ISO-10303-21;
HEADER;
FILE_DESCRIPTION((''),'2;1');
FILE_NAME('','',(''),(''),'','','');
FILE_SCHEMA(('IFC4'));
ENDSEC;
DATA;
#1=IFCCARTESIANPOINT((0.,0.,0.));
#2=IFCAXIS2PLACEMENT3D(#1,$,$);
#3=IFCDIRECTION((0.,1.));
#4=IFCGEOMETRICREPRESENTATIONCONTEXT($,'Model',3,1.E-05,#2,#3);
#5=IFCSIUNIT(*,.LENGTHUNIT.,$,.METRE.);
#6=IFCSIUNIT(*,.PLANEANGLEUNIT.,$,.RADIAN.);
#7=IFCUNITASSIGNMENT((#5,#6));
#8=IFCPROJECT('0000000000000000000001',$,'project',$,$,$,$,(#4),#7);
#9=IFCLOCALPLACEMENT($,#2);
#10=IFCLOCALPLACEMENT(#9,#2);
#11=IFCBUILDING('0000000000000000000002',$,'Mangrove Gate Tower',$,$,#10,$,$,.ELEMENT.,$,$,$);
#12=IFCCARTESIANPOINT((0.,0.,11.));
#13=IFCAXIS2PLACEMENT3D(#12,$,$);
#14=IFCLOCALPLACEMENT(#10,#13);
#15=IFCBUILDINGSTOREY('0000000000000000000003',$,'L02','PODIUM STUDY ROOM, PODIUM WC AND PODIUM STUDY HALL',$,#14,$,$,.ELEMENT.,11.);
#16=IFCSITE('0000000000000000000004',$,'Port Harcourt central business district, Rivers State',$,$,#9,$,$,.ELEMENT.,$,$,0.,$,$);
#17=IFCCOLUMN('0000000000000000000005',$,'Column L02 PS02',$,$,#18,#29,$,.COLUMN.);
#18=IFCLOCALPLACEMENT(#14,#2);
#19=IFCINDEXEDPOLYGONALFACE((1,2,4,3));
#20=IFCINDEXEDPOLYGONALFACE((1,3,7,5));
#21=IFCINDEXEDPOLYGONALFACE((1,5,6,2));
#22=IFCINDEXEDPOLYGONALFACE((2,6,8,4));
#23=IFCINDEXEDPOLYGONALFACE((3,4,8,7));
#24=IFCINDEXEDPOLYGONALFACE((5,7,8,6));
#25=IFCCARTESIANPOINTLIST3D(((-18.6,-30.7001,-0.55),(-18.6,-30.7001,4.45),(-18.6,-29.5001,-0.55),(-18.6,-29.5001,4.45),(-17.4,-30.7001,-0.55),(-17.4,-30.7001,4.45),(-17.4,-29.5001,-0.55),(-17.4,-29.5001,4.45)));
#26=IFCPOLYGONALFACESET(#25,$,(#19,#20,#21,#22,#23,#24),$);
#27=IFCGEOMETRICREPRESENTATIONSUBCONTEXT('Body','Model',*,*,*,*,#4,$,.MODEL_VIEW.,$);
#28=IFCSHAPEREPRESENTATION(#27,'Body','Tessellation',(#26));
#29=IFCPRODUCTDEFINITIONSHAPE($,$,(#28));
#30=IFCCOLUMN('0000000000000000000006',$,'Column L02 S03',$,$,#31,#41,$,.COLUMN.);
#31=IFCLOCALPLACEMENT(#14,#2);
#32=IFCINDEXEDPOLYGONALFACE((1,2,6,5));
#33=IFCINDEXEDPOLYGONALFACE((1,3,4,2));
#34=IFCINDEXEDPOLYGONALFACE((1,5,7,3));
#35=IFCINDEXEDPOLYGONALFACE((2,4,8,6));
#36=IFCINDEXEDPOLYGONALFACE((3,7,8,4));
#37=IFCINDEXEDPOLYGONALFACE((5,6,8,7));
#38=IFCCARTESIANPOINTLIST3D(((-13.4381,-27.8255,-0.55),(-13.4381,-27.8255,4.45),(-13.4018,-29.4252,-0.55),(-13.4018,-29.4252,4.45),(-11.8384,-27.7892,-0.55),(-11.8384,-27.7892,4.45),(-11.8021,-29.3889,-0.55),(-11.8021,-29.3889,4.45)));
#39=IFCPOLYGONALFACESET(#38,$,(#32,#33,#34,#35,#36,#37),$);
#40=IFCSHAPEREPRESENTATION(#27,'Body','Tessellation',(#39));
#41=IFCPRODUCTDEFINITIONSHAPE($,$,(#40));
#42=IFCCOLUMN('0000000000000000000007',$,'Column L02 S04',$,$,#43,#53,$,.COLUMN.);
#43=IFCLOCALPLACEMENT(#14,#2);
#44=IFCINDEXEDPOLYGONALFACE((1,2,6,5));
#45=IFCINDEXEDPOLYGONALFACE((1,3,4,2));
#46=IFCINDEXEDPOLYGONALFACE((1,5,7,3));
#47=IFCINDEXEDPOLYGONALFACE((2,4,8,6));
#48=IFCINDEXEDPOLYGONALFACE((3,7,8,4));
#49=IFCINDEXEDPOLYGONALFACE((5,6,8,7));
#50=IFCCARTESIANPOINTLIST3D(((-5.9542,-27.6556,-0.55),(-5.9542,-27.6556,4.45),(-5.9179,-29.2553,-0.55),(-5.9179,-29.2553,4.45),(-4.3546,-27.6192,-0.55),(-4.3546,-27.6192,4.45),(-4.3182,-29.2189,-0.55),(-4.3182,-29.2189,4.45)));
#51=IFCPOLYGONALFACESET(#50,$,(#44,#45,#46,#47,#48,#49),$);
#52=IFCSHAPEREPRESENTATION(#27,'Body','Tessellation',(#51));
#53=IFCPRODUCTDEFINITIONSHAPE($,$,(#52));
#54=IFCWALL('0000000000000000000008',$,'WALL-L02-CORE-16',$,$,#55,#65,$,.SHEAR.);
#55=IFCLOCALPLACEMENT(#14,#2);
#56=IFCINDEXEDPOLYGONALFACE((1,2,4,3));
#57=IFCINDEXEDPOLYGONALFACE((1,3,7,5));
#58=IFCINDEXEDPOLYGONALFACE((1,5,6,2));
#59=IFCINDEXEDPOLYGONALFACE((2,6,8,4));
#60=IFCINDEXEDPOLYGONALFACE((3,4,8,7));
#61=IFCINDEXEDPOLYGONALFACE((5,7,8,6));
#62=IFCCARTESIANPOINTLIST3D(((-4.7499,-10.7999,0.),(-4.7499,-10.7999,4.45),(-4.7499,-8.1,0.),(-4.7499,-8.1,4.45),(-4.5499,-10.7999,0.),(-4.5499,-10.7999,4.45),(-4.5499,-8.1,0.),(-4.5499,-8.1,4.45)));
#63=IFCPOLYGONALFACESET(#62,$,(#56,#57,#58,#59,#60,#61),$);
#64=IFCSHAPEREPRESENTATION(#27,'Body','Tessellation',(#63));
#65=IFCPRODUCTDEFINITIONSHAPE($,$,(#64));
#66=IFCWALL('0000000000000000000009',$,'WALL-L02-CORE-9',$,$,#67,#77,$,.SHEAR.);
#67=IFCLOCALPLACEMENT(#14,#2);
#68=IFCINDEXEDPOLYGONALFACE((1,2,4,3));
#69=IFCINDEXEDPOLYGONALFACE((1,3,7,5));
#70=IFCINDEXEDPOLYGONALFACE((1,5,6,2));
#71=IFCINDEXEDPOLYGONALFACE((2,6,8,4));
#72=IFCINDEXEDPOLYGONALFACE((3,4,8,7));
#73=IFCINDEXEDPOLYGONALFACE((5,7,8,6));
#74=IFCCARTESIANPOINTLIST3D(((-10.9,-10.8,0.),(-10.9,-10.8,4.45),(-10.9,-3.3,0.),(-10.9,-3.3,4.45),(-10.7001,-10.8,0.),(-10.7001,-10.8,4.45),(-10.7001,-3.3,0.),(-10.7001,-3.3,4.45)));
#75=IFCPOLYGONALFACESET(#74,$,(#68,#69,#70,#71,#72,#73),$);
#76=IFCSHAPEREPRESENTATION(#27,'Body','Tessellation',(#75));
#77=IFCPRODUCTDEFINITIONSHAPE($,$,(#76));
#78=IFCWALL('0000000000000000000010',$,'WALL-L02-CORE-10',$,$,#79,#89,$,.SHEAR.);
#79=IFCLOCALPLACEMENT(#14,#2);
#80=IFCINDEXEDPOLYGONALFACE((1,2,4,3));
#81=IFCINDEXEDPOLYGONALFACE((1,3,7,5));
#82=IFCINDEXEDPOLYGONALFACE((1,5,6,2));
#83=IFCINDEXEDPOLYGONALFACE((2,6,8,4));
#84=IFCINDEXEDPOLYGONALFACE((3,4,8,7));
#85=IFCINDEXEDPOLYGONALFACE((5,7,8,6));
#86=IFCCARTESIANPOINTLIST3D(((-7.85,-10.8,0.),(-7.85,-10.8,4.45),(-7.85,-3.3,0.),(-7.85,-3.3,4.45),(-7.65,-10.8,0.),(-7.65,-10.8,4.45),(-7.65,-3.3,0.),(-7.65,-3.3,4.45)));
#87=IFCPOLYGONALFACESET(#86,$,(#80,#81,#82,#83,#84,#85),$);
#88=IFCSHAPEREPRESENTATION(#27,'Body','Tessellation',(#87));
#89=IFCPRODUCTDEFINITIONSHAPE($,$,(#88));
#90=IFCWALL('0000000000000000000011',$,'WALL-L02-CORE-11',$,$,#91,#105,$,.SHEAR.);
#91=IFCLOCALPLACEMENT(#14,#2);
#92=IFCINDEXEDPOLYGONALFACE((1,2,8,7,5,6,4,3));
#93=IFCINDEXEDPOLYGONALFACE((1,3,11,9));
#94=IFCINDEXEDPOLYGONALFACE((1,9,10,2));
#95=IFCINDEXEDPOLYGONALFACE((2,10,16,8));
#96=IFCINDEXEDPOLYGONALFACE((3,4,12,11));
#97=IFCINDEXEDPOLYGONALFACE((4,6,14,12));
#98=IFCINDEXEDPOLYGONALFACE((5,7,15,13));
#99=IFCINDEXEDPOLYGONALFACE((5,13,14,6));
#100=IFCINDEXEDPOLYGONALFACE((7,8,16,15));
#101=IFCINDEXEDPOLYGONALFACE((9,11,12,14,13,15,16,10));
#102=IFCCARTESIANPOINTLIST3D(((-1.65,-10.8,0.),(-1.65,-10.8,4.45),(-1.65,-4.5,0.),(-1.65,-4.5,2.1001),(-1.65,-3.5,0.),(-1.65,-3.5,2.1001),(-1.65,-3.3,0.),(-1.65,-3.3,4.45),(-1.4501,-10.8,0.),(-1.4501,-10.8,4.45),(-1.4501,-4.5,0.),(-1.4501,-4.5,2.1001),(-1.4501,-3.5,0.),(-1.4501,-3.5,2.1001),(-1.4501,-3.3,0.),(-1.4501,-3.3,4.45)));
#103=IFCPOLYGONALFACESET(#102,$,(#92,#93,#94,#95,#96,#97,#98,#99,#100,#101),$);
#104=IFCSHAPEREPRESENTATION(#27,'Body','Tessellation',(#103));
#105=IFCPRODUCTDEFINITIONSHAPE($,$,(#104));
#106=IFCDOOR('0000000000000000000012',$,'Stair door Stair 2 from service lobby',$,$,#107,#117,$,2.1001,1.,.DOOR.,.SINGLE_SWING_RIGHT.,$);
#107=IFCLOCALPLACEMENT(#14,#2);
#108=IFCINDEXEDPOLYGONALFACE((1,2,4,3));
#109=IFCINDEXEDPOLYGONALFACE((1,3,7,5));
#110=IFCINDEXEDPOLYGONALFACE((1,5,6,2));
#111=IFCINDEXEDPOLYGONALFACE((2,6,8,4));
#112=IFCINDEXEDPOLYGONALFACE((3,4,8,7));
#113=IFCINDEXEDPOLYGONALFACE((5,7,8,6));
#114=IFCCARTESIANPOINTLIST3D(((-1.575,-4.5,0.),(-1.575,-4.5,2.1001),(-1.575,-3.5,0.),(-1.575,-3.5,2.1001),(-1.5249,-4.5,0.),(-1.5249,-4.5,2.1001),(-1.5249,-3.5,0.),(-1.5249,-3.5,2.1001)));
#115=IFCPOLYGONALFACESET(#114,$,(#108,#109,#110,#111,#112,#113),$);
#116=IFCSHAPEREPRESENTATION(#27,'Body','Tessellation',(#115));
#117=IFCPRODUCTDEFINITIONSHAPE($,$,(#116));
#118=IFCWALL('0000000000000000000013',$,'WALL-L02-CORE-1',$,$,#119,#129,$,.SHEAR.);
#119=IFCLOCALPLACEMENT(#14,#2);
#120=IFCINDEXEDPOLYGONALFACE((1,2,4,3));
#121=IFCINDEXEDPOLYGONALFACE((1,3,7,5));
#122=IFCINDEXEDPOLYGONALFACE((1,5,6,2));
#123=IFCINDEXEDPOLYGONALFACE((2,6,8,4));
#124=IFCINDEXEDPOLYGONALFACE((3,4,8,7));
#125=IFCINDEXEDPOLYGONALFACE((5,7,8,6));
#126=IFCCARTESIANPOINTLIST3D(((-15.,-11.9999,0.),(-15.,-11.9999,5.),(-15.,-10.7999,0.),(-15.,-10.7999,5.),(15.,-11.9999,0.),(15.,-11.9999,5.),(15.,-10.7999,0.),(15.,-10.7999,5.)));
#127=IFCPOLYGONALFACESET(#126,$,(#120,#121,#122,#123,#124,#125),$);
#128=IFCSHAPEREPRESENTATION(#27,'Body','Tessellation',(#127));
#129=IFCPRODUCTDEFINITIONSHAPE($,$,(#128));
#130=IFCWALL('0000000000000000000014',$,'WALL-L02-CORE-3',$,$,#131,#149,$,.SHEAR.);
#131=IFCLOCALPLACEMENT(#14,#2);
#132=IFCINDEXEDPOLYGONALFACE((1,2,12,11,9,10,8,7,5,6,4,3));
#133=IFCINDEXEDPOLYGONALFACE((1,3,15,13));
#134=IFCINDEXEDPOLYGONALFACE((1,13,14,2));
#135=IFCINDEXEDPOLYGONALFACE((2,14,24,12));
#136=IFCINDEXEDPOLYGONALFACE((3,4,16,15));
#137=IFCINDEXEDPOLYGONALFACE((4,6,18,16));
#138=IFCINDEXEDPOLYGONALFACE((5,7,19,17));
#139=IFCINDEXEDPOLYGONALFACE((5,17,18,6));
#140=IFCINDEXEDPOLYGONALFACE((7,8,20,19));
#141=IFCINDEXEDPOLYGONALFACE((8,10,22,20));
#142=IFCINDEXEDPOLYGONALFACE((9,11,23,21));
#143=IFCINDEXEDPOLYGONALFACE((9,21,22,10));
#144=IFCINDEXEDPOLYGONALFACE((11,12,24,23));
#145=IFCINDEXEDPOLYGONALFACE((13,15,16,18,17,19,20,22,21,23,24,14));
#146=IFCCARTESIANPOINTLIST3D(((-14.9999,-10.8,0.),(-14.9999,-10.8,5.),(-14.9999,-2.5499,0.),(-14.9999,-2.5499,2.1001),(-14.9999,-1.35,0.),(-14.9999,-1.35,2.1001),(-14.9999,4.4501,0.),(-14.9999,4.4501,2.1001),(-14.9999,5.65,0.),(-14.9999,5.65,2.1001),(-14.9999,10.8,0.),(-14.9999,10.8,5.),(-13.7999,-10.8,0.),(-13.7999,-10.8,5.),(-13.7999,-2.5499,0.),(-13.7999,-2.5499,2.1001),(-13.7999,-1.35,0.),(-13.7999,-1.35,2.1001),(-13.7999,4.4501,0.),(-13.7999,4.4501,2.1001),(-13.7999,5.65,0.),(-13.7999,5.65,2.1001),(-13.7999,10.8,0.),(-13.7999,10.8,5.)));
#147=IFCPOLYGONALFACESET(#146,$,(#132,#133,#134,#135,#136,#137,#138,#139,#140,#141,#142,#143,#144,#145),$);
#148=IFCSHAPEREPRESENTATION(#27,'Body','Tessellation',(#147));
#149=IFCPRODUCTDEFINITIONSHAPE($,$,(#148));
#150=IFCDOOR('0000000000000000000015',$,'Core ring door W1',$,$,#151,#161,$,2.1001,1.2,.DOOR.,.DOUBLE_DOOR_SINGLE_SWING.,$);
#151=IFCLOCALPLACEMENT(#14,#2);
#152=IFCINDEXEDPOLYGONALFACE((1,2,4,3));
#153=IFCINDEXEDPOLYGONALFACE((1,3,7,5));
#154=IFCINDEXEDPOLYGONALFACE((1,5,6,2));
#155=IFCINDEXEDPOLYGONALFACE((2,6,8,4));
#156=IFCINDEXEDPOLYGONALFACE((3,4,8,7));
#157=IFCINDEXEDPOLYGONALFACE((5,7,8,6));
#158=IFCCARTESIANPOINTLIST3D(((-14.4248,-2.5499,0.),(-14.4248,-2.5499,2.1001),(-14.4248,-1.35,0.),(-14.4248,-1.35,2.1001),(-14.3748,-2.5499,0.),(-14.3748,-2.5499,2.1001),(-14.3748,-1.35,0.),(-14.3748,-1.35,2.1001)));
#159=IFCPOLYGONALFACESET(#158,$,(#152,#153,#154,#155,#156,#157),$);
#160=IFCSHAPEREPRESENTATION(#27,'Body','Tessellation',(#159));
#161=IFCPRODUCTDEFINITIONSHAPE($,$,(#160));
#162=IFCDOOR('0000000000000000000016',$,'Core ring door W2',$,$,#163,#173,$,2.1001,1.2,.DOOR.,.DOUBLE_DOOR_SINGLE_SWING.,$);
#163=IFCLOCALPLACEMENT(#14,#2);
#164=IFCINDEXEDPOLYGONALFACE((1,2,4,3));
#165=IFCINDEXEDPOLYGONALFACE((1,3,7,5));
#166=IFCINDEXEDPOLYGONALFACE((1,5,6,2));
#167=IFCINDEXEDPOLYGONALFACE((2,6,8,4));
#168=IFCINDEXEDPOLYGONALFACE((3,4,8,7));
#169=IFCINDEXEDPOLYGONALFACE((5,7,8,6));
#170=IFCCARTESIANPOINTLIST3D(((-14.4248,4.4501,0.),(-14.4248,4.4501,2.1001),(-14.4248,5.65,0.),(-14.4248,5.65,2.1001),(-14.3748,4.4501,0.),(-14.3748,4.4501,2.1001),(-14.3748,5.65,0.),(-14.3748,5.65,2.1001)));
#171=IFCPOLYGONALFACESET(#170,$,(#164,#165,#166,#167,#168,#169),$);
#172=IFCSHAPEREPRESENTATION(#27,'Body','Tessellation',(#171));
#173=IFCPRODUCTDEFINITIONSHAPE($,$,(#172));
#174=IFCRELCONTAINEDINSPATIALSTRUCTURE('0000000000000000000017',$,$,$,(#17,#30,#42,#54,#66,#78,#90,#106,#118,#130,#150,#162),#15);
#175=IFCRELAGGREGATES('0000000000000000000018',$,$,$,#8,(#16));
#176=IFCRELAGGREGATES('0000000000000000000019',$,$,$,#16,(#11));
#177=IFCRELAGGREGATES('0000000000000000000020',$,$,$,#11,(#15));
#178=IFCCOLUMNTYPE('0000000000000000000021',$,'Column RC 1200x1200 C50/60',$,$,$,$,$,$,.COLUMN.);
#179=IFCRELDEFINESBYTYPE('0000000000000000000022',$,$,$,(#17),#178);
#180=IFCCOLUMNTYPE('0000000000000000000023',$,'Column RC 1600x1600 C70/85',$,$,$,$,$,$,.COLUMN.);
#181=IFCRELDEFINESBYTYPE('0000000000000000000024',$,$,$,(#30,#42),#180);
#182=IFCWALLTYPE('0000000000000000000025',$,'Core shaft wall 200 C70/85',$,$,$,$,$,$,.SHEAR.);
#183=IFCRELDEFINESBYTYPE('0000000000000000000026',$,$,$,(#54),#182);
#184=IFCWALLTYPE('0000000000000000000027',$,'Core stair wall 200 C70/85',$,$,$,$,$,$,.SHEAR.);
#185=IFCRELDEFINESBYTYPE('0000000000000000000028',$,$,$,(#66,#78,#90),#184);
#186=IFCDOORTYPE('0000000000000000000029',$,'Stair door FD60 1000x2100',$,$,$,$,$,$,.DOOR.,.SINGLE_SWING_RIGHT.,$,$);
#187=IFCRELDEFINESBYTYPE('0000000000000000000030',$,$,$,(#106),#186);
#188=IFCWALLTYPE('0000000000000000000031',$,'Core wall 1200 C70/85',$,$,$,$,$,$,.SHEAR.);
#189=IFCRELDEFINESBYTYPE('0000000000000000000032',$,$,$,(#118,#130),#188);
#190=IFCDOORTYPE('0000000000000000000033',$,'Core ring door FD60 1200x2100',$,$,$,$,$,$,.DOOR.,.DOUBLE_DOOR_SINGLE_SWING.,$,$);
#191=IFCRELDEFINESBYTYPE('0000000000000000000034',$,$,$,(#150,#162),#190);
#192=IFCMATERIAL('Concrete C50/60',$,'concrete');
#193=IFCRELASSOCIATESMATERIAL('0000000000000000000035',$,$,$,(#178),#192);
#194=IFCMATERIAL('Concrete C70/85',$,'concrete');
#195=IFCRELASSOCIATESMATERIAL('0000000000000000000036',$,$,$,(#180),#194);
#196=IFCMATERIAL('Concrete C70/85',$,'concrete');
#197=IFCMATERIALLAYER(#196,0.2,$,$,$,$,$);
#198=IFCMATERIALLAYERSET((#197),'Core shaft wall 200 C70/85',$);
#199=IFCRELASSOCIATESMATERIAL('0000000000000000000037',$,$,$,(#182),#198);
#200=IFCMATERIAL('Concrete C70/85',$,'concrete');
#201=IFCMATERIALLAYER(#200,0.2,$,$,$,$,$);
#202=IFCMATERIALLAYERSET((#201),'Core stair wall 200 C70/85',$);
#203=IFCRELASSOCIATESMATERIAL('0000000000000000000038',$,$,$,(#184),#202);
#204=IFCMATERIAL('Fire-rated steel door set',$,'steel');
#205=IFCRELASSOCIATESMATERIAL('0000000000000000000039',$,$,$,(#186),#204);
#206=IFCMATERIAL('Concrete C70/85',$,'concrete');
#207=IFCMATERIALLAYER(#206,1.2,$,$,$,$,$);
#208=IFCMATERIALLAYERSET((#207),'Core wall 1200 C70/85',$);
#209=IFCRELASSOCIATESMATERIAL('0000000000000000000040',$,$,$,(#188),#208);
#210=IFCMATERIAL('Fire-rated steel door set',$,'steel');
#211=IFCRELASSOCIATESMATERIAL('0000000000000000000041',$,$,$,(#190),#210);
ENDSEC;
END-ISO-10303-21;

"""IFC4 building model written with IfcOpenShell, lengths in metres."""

from ifc_helpers import new_model, si_unit, direction, frame, frame_2d, origin, origin_2d, place, context, subcontext, project, spatial, rectangle, extrude, material, layer, layer_set, material_profile, profile_set, type_object, element, fill, save


model = new_model("IFC4")

# Units and contexts
model_context = context("Model", 3, precision=1e-05, world=origin(), true_north=direction((0.0, 1.0)))
body_context = subcontext(model_context, "Body", "Model", "MODEL_VIEW")
ifc_project = project(units=[si_unit("LENGTHUNIT", "METRE"), si_unit("PLANEANGLEUNIT", "RADIAN")], contexts=[model_context])

# Site, building, storey
site_placement = place(None, origin())
site = spatial("IfcSite", under=ifc_project, at=site_placement, Name="Port Harcourt central business district, Rivers State", CompositionType="ELEMENT", RefElevation=0.0)
building_placement = place(site_placement, origin())
building = spatial("IfcBuilding", under=site, at=building_placement, Name="Mangrove Gate Tower", CompositionType="ELEMENT")
storey_placement = place(building_placement, frame((0.0, 0.0, 11.0)))
storey = spatial("IfcBuildingStorey", under=building, at=storey_placement, Name="L02", Description="PODIUM STUDY ROOM, PODIUM WC AND PODIUM STUDY HALL", CompositionType="ELEMENT", Elevation=11.0)

# Columns
ifc_material_1 = material(Name="Concrete C50/60", Category="concrete")
ifc_material_profile_1 = material_profile(ifc_material_1, rectangle(XDim=1.2, YDim=1.2, at=origin_2d()))
ifc_profile_set_1 = profile_set([ifc_material_profile_1], Name="Concrete C50/60")
column_type_1 = type_object("IfcColumnType", Name="Column RC 1200x1200 C50/60", PredefinedType="COLUMN", material=ifc_profile_set_1)
column_placement = place(storey_placement, frame((-18.0, -30.1001, -0.55), z_axis=(0.0, 0.0, 1.0), x_axis=(1.0, 0.0, 0.0)))
element("IfcColumn", 1, at=column_placement, inside=storey, type_object=column_type_1, Name="Column L02 PS02", PredefinedType="COLUMN", context=body_context, shape_type="SweptSolid", body=[
    extrude(rectangle(XDim=1.2, YDim=1.2, at=origin_2d()), origin(), (0.0, 0.0, 1.0), 5.0),
])
ifc_material_2 = material(Name="Concrete C70/85", Category="concrete")
ifc_material_profile_2 = material_profile(ifc_material_2, rectangle(XDim=1.6001, YDim=1.6001, at=origin_2d()))
ifc_profile_set_2 = profile_set([ifc_material_profile_2], Name="Concrete C70/85")
column_type_2 = type_object("IfcColumnType", Name="Column RC 1600x1600 C70/85", PredefinedType="COLUMN", material=ifc_profile_set_2)
for number, where, z_axis, x_axis, name in (
    (2, (-12.6201, -28.6072, -0.55), (0.0, 0.0, 1.0), (0.999742, 0.022711, 0.0), "Column L02 S03"),
    (3, (-5.1362, -28.4373, -0.55), (0.0, 0.0, 1.0), (0.999742, 0.022709, 0.0), "Column L02 S04"),
):
    element("IfcColumn", number, at=place(storey_placement, frame(where, z_axis=z_axis, x_axis=x_axis)), inside=storey, type_object=column_type_2, Name=name, PredefinedType="COLUMN", context=body_context, shape_type="SweptSolid", body=[
        extrude(rectangle(XDim=1.6001, YDim=1.6001, at=origin_2d()), origin(), (0.0, 0.0, 1.0), 5.0),
    ])

# Walls
ifc_material_3 = material(Name="Concrete C70/85", Category="concrete")
ifc_layer_1 = layer(ifc_material_3, 0.2)
ifc_layer_set_1 = layer_set([ifc_layer_1], Name="Core shaft wall 200 C70/85")
wall_type_1 = type_object("IfcWallType", Name="Core shaft wall 200 C70/85", PredefinedType="SHEAR", material=ifc_layer_set_1)
wall_1_placement = place(storey_placement, frame((-4.6499, -10.8, 0.0), z_axis=(0.0, 0.0, 1.0), x_axis=(0.0, 1.0, 0.0)))
element("IfcWall", 4, at=wall_1_placement, inside=storey, type_object=wall_type_1, Name="WALL-L02-CORE-16", PredefinedType="SHEAR", context=body_context, shape_type="SweptSolid", body=[
    extrude(rectangle(XDim=2.7, YDim=0.2, at=frame_2d((1.3501, 0.0))), origin(), (0.0, 0.0, 1.0), 4.45),
])
ifc_material_4 = material(Name="Concrete C70/85", Category="concrete")
ifc_layer_2 = layer(ifc_material_4, 0.2)
ifc_layer_set_2 = layer_set([ifc_layer_2], Name="Core stair wall 200 C70/85")
wall_type_2 = type_object("IfcWallType", Name="Core stair wall 200 C70/85", PredefinedType="SHEAR", material=ifc_layer_set_2)
for number, where, z_axis, x_axis, name in (
    (5, (-10.8, -10.8, 0.0), (0.0, 0.0, 1.0), (0.0, 1.0, 0.0), "WALL-L02-CORE-9"),
    (6, (-7.75, -10.8, 0.0), (0.0, 0.0, 1.0), (0.0, 1.0, 0.0), "WALL-L02-CORE-10"),
):
    element("IfcWall", number, at=place(storey_placement, frame(where, z_axis=z_axis, x_axis=x_axis)), inside=storey, type_object=wall_type_2, Name=name, PredefinedType="SHEAR", context=body_context, shape_type="SweptSolid", body=[
        extrude(rectangle(XDim=7.5, YDim=0.2, at=frame_2d((3.75, 0.0))), origin(), (0.0, 0.0, 1.0), 4.45),
    ])

# Wall, opening, door
wall_2_placement = place(storey_placement, frame((-1.55, -10.8, 0.0), z_axis=(0.0, 0.0, 1.0), x_axis=(0.0, 1.0, 0.0)))
wall_2 = element("IfcWall", 7, at=wall_2_placement, inside=storey, type_object=wall_type_2, Name="WALL-L02-CORE-11", PredefinedType="SHEAR", context=body_context, shape_type="SweptSolid", body=[
    extrude(rectangle(XDim=7.5, YDim=0.2, at=frame_2d((3.75, 0.0))), origin(), (0.0, 0.0, 1.0), 4.45),
])
opening_1_placement = place(wall_2_placement, frame((6.3, 0.0, 0.0)))
opening_1 = element("IfcOpeningElement", 8, at=opening_1_placement, cuts=wall_2, PredefinedType="OPENING", context=body_context, shape_type="SweptSolid", body=[
    extrude(rectangle(XDim=1.0, YDim=2.1001, at=frame_2d((0.5, 1.05))), frame((0.0, 0.1099, 0.0), z_axis=(0.0, -1.0, 0.0), x_axis=(1.0, 0.0, 0.0)), (0.0, 0.0, 1.0), 0.22),
])
ifc_material_5 = material(Name="Fire-rated steel door set", Category="steel")
door_type_1 = type_object("IfcDoorType", Name="Stair door FD60 1000x2100", OperationType="SINGLE_SWING_RIGHT", PredefinedType="DOOR", material=ifc_material_5)
door_1_placement = place(opening_1_placement, origin())
door_1 = element("IfcDoor", 9, at=door_1_placement, inside=storey, type_object=door_type_1, Name="Stair door Stair 2 from service lobby", OperationType="SINGLE_SWING_RIGHT", OverallHeight=2.1001, OverallWidth=1.0, PredefinedType="DOOR", context=body_context, shape_type="SweptSolid", body=[
    extrude(rectangle(XDim=1.0, YDim=2.1001, at=frame_2d((0.5, 1.05))), frame((0.0, 0.0249, 0.0), z_axis=(0.0, -1.0, 0.0), x_axis=(1.0, 0.0, 0.0)), (0.0, 0.0, 1.0), 0.05),
])
fill(opening_1, door_1)

# Wall
ifc_material_6 = material(Name="Concrete C70/85", Category="concrete")
ifc_layer_3 = layer(ifc_material_6, 1.2)
ifc_layer_set_3 = layer_set([ifc_layer_3], Name="Core wall 1200 C70/85")
wall_type_3 = type_object("IfcWallType", Name="Core wall 1200 C70/85", PredefinedType="SHEAR", material=ifc_layer_set_3)
wall_3_placement = place(storey_placement, frame((-15.0, -11.3999, 0.0), z_axis=(0.0, 0.0, 1.0), x_axis=(1.0, 0.0, 0.0)))
element("IfcWall", 10, at=wall_3_placement, inside=storey, type_object=wall_type_3, Name="WALL-L02-CORE-1", PredefinedType="SHEAR", context=body_context, shape_type="SweptSolid", body=[
    extrude(rectangle(XDim=30.0, YDim=1.2, at=frame_2d((15.0, 0.0))), origin(), (0.0, 0.0, 1.0), 5.0),
])

# Wall, openings, doors
wall_4_placement = place(storey_placement, frame((-14.3999, -10.8, 0.0), z_axis=(0.0, 0.0, 1.0), x_axis=(0.0, 1.0, 0.0)))
wall_4 = element("IfcWall", 11, at=wall_4_placement, inside=storey, type_object=wall_type_3, Name="WALL-L02-CORE-3", PredefinedType="SHEAR", context=body_context, shape_type="SweptSolid", body=[
    extrude(rectangle(XDim=21.6001, YDim=1.2, at=frame_2d((10.8, 0.0))), origin(), (0.0, 0.0, 1.0), 5.0),
])
opening_2_placement = place(wall_4_placement, frame((8.25, 0.0, 0.0)))
opening_2 = element("IfcOpeningElement", 12, at=opening_2_placement, cuts=wall_4, PredefinedType="OPENING", context=body_context, shape_type="SweptSolid", body=[
    extrude(rectangle(XDim=1.2, YDim=2.1001, at=frame_2d((0.6001, 1.05))), frame((0.0, 0.6099, 0.0), z_axis=(0.0, -1.0, 0.0), x_axis=(1.0, 0.0, 0.0)), (0.0, 0.0, 1.0), 1.22),
])
opening_3_placement = place(wall_4_placement, frame((15.25, 0.0, 0.0)))
opening_3 = element("IfcOpeningElement", 13, at=opening_3_placement, cuts=wall_4, PredefinedType="OPENING", context=body_context, shape_type="SweptSolid", body=[
    extrude(rectangle(XDim=1.2, YDim=2.1001, at=frame_2d((0.6001, 1.05))), frame((0.0, 0.6099, 0.0), z_axis=(0.0, -1.0, 0.0), x_axis=(1.0, 0.0, 0.0)), (0.0, 0.0, 1.0), 1.22),
])
ifc_material_7 = material(Name="Fire-rated steel door set", Category="steel")
door_type_2 = type_object("IfcDoorType", Name="Core ring door FD60 1200x2100", OperationType="DOUBLE_DOOR_SINGLE_SWING", PredefinedType="DOOR", material=ifc_material_7)
door_2_placement = place(opening_2_placement, origin())
door_2 = element("IfcDoor", 14, at=door_2_placement, inside=storey, type_object=door_type_2, Name="Core ring door W1", OperationType="DOUBLE_DOOR_SINGLE_SWING", OverallHeight=2.1001, OverallWidth=1.2, PredefinedType="DOOR", context=body_context, shape_type="SweptSolid", body=[
    extrude(rectangle(XDim=1.2, YDim=2.1001, at=frame_2d((0.6001, 1.05))), frame((0.0, 0.0249, 0.0), z_axis=(0.0, -1.0, 0.0), x_axis=(1.0, 0.0, 0.0)), (0.0, 0.0, 1.0), 0.05),
])
fill(opening_2, door_2)
door_3_placement = place(opening_3_placement, origin())
door_3 = element("IfcDoor", 15, at=door_3_placement, inside=storey, type_object=door_type_2, Name="Core ring door W2", OperationType="DOUBLE_DOOR_SINGLE_SWING", OverallHeight=2.1001, OverallWidth=1.2, PredefinedType="DOOR", context=body_context, shape_type="SweptSolid", body=[
    extrude(rectangle(XDim=1.2, YDim=2.1001, at=frame_2d((0.6001, 1.05))), frame((0.0, 0.0249, 0.0), z_axis=(0.0, -1.0, 0.0), x_axis=(1.0, 0.0, 0.0)), (0.0, 0.0, 1.0), 0.05),
])
fill(opening_3, door_3)

save(model, "model.ifc")
